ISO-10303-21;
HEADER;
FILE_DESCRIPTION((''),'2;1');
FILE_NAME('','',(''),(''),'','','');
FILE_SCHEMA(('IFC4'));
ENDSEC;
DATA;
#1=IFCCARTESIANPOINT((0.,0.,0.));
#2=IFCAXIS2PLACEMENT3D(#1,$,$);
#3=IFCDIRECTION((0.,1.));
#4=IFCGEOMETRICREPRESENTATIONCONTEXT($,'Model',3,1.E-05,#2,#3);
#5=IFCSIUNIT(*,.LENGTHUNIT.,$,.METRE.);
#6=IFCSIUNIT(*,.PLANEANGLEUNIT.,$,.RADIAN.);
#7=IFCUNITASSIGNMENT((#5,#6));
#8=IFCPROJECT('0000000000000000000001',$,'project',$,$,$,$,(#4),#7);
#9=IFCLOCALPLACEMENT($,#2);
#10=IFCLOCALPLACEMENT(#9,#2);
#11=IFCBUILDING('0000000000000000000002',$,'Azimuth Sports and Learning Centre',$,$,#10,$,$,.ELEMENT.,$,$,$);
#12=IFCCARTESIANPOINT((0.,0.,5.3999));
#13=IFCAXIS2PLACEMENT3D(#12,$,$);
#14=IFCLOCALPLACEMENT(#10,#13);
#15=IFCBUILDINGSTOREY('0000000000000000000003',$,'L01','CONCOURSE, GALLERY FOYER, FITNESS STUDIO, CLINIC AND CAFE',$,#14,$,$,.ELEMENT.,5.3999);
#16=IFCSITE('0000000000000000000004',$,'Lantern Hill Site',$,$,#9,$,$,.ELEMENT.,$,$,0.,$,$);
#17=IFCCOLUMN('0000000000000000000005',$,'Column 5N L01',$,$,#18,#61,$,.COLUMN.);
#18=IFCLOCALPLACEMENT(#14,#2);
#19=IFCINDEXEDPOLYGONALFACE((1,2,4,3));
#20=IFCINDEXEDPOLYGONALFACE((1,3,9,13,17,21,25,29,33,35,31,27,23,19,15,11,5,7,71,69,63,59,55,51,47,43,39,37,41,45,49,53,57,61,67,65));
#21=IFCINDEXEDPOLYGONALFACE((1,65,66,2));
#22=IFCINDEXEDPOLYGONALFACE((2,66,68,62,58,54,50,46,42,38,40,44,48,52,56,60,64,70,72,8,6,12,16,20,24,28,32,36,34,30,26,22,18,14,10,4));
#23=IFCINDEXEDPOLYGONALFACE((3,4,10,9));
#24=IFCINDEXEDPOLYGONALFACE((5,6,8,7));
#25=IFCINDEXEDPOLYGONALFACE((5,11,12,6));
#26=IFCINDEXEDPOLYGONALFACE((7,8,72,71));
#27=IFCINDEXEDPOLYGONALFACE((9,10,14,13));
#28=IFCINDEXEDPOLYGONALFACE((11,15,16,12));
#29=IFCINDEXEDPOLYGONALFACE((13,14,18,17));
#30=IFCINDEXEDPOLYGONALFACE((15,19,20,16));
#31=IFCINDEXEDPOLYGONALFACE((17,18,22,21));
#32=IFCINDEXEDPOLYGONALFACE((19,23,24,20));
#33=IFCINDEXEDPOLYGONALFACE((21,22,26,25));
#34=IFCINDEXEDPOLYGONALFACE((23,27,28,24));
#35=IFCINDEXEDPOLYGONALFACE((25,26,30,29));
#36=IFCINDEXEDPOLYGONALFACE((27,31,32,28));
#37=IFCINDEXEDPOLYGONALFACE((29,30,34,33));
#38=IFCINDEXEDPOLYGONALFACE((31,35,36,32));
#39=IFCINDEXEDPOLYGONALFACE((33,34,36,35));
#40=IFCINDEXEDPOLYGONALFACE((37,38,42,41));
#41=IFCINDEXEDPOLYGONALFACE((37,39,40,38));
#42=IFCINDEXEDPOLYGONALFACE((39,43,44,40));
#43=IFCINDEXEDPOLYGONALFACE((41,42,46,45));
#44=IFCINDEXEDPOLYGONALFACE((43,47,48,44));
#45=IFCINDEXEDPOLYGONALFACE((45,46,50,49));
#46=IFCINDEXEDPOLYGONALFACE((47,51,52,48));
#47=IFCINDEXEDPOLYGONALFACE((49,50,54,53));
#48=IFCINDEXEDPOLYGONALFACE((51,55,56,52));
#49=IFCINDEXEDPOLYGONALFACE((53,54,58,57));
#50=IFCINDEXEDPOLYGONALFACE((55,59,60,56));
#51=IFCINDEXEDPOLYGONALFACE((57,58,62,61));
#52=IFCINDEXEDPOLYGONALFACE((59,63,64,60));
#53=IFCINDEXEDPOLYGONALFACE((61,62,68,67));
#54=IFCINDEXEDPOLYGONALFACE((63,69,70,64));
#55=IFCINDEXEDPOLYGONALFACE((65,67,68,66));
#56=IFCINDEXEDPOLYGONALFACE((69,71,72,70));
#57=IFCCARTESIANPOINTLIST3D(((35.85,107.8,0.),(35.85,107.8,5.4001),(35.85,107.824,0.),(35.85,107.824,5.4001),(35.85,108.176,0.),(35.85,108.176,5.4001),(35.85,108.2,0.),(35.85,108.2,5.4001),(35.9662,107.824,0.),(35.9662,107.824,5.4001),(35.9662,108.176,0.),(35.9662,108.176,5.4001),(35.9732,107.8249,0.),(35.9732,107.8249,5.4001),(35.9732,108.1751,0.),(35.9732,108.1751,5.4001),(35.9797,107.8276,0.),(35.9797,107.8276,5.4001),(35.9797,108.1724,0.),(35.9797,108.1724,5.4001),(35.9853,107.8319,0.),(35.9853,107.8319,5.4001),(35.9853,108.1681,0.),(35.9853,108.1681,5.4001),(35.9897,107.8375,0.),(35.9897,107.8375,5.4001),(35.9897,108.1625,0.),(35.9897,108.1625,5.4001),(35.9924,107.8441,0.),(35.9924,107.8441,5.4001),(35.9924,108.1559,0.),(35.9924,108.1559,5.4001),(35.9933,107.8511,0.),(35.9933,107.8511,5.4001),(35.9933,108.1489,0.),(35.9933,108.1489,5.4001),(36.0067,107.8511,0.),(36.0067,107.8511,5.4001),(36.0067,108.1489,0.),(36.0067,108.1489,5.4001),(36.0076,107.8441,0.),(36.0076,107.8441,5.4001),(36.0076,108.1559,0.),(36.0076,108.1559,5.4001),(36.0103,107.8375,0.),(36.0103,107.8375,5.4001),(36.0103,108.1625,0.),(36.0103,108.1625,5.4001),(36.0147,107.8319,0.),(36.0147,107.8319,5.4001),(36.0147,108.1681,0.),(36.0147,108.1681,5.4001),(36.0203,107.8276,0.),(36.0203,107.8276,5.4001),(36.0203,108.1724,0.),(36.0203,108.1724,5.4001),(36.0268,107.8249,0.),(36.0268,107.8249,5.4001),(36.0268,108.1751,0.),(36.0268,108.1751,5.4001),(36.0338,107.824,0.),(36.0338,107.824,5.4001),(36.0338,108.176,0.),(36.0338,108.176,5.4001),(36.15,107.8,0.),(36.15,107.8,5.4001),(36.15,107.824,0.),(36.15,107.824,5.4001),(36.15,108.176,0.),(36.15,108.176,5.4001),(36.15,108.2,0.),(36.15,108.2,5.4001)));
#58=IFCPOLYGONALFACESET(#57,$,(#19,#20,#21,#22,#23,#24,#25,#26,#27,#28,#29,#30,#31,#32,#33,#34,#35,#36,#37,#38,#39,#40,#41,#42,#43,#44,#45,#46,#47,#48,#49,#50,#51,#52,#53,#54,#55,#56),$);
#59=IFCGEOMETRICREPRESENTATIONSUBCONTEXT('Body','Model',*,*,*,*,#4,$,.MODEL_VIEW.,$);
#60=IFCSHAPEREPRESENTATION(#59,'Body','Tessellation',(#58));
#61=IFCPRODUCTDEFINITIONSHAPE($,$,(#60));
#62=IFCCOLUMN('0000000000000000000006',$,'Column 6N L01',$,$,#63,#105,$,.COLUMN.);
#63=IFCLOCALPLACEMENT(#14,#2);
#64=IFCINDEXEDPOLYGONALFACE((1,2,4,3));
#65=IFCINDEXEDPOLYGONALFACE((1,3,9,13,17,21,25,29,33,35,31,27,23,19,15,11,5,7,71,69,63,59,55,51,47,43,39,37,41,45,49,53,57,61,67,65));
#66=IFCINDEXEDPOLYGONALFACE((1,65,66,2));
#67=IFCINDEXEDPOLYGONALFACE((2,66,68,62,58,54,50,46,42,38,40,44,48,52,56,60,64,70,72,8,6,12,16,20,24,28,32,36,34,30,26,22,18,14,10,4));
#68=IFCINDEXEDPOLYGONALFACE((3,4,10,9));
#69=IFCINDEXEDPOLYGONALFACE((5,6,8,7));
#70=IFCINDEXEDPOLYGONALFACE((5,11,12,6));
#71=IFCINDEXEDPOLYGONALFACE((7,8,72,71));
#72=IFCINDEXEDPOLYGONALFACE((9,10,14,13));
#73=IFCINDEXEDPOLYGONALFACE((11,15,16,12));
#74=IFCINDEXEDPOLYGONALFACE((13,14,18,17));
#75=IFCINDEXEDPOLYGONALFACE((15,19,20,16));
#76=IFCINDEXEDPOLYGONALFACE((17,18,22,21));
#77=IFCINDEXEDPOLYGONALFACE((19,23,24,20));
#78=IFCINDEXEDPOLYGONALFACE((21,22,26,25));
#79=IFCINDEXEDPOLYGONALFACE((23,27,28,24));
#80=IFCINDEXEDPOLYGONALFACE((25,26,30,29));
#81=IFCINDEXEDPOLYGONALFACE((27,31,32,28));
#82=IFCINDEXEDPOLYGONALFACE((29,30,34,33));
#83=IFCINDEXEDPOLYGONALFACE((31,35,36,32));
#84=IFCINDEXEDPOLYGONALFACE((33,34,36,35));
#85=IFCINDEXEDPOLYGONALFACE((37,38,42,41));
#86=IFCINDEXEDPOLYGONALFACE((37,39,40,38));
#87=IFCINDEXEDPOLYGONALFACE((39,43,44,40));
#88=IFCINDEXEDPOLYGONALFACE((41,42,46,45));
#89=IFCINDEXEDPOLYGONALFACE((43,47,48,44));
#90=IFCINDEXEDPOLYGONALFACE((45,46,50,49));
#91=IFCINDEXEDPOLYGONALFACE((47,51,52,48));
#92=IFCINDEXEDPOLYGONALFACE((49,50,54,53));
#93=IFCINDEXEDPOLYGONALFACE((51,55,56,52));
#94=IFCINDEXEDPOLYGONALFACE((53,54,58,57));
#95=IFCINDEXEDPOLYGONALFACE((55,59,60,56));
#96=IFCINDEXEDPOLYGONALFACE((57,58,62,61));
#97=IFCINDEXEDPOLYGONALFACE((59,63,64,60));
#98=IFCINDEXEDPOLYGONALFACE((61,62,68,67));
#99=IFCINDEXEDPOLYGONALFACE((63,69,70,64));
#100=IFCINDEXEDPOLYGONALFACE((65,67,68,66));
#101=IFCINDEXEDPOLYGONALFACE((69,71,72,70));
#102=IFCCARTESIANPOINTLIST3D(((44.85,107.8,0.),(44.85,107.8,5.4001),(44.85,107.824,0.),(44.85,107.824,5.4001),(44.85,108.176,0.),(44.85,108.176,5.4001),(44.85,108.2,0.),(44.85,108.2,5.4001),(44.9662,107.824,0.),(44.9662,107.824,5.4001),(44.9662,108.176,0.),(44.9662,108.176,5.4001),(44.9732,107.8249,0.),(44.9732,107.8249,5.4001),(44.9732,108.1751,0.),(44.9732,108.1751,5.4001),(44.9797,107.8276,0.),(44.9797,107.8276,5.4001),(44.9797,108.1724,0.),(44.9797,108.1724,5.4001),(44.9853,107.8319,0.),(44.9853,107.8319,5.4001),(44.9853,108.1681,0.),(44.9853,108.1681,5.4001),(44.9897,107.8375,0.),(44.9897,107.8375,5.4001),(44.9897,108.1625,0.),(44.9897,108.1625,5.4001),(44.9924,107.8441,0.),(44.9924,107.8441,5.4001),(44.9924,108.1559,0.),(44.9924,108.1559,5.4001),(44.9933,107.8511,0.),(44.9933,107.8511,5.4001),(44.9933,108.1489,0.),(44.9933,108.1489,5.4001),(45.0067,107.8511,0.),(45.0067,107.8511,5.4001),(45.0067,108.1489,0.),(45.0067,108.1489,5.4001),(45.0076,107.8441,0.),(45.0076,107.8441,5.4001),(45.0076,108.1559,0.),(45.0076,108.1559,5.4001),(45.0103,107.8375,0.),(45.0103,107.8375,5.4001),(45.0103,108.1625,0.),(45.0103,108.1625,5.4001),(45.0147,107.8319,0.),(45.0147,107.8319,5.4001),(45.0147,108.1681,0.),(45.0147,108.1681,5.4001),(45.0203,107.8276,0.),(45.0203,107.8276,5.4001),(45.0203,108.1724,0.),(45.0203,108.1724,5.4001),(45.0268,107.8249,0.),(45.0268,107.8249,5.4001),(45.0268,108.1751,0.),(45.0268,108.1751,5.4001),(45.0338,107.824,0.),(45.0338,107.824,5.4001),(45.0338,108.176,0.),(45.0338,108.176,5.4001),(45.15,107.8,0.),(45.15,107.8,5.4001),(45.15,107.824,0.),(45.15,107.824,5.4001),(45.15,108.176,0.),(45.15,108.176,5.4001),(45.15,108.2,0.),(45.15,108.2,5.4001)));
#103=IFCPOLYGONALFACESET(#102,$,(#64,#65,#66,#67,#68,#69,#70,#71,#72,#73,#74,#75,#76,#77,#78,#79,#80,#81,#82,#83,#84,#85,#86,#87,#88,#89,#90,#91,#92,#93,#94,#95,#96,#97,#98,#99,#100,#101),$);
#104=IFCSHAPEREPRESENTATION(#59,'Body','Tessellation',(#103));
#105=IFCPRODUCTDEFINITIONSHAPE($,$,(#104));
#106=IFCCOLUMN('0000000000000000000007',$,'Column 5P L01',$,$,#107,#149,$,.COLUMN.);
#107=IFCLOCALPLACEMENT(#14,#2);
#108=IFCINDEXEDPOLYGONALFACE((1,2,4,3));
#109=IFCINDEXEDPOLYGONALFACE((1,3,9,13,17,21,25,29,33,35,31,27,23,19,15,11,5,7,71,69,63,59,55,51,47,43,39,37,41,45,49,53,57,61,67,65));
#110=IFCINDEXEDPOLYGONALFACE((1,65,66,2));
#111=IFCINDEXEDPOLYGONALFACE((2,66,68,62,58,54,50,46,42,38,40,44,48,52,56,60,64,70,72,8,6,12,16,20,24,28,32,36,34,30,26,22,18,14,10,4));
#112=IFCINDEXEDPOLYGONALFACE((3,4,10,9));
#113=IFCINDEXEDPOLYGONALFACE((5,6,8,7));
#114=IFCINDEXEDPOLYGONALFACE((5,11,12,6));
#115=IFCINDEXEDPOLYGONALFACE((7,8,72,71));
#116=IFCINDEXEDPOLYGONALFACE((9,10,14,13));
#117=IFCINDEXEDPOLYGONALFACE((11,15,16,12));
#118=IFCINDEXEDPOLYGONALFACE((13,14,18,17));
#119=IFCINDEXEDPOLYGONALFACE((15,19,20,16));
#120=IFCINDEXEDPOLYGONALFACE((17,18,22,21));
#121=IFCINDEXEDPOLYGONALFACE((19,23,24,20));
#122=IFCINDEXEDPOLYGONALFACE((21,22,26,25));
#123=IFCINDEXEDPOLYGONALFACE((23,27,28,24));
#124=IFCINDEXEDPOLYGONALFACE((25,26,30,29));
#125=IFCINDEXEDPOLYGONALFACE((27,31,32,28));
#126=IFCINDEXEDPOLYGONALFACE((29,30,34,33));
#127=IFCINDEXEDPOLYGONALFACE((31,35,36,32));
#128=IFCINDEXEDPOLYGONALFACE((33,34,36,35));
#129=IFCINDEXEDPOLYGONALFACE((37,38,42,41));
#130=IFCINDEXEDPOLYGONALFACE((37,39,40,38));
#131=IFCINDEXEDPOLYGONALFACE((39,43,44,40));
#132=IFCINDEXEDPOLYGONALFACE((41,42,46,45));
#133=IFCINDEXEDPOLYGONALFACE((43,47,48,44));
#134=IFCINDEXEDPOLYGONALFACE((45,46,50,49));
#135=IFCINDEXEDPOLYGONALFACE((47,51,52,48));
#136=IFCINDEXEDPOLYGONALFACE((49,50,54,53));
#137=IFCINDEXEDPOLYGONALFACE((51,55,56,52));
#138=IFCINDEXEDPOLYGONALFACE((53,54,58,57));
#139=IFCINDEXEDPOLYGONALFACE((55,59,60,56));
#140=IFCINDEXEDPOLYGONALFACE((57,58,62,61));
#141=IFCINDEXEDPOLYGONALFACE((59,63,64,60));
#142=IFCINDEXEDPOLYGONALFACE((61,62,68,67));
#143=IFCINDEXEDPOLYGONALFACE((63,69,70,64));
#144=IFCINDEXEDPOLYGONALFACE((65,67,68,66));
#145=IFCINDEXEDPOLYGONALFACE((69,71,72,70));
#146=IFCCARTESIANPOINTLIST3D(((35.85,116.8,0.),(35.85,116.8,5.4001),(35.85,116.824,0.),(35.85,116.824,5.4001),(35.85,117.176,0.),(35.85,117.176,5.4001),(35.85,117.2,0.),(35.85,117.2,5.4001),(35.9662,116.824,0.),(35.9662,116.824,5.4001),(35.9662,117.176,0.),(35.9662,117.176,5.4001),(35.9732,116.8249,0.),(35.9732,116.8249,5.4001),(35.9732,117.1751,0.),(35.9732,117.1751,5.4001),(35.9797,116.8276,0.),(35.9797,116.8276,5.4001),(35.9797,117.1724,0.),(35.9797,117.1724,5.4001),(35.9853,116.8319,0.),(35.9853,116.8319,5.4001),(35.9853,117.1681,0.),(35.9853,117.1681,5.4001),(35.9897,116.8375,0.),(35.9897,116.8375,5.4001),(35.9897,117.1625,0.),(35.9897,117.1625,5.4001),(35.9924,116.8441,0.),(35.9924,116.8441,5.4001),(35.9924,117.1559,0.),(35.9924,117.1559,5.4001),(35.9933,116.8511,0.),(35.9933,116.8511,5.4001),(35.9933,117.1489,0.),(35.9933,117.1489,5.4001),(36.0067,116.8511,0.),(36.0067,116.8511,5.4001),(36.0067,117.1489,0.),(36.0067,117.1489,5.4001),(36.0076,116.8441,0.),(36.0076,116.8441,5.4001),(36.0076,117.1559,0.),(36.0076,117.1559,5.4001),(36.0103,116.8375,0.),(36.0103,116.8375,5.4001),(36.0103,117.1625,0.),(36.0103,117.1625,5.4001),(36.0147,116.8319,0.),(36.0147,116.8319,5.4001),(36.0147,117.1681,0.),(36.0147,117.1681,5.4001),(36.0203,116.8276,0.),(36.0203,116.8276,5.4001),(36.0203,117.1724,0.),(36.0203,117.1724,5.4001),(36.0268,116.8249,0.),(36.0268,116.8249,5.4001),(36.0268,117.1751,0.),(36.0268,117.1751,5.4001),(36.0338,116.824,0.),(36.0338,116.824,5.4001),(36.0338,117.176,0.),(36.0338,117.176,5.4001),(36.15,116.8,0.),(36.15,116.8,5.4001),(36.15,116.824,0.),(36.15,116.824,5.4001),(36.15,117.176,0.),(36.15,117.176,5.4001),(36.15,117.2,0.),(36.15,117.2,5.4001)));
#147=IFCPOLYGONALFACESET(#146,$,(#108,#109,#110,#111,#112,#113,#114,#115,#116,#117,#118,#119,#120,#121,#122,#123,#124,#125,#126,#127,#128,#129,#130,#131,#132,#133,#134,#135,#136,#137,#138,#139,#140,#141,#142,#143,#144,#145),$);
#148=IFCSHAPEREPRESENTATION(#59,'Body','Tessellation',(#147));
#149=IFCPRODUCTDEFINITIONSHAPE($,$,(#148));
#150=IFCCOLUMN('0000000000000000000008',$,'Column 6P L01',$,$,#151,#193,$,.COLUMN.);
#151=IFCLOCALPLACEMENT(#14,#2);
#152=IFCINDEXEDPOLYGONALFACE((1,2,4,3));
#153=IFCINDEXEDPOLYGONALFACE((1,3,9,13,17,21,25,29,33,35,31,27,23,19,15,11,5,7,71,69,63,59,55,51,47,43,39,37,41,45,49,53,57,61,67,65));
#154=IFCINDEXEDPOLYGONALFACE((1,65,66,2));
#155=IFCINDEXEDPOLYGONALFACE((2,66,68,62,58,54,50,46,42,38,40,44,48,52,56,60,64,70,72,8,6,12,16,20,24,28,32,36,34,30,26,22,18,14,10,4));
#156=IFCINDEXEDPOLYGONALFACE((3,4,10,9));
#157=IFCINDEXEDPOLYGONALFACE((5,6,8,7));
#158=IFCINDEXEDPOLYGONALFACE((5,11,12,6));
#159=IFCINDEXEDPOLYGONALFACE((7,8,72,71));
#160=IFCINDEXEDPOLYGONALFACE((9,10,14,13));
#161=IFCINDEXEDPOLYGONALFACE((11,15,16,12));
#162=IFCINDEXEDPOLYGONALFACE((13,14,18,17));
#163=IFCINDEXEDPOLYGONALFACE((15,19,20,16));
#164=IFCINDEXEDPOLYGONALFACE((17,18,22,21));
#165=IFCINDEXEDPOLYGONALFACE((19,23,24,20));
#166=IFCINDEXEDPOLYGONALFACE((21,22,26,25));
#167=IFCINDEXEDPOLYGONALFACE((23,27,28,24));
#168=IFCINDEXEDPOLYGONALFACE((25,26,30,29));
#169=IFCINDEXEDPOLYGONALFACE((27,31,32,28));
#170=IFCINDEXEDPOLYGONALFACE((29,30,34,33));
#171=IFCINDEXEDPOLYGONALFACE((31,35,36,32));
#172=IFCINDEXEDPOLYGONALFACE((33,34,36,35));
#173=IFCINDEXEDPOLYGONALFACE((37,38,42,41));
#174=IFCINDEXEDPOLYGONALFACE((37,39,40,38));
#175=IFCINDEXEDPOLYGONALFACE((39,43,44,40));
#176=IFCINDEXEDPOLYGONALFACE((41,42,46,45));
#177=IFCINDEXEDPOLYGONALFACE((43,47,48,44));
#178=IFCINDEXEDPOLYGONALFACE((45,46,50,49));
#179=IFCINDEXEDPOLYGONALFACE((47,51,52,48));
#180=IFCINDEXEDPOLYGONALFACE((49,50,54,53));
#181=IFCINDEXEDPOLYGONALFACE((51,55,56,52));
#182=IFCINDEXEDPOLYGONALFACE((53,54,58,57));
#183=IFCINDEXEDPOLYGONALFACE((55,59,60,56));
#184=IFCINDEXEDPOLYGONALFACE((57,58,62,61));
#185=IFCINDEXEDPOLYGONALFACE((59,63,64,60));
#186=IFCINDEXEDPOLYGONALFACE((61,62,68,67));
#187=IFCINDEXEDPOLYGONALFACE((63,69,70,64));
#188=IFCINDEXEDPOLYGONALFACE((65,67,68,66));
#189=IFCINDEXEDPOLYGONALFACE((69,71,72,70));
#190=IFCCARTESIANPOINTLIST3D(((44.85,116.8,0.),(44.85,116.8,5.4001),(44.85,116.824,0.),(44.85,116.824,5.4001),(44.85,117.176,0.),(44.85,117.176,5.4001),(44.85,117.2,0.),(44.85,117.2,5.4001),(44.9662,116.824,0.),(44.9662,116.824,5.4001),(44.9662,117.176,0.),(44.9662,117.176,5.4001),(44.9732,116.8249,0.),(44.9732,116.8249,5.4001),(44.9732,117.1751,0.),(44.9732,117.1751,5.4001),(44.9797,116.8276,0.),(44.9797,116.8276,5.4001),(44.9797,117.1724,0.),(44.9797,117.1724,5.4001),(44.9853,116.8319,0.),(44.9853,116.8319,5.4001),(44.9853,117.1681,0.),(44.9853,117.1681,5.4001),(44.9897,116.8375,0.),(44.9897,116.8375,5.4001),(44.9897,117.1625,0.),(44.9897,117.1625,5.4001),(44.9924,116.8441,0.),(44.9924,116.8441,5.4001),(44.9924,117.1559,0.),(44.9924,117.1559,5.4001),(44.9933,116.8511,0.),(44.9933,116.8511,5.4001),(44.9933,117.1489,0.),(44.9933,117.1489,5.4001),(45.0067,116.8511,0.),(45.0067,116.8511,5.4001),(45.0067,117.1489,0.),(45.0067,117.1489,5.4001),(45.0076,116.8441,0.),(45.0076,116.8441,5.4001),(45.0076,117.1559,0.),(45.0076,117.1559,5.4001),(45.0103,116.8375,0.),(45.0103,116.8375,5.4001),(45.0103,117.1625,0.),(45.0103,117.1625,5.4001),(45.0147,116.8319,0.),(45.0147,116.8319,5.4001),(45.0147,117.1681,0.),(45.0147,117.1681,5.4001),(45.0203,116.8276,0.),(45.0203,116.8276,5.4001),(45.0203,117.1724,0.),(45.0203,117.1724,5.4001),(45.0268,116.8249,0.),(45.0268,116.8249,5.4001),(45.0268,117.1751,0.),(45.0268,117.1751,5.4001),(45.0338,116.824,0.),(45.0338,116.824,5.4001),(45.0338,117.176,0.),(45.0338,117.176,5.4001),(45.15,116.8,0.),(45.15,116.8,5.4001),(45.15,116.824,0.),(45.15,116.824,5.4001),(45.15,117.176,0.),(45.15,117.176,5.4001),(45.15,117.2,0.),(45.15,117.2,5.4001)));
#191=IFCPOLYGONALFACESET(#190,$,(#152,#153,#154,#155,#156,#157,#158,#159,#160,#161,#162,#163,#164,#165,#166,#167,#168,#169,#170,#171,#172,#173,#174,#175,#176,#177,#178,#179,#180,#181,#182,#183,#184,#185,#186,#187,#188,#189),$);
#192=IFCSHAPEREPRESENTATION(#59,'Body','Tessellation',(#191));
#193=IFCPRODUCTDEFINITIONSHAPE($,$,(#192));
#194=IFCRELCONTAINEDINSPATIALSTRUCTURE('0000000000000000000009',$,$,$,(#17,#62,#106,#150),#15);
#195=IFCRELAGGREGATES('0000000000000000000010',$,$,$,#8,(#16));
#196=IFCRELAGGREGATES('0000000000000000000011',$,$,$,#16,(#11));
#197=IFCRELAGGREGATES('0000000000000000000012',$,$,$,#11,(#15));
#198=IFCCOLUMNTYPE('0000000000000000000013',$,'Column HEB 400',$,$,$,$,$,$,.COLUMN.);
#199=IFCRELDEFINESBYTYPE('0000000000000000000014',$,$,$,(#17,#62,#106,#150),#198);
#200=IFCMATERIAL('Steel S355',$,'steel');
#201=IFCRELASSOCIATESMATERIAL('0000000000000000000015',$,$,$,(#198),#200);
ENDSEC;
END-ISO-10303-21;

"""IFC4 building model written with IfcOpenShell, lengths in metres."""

from ifc_helpers import new_model, si_unit, direction, frame, origin, origin_2d, place, context, subcontext, project, spatial, i_section, extrude, material, material_profile, profile_set, type_object, element, save


model = new_model("IFC4")

# Units and contexts
model_context = context("Model", 3, precision=1e-05, world=origin(), true_north=direction((0.0, 1.0)))
body_context = subcontext(model_context, "Body", "Model", "MODEL_VIEW")
ifc_project = project(units=[si_unit("LENGTHUNIT", "METRE"), si_unit("PLANEANGLEUNIT", "RADIAN")], contexts=[model_context])

# Site, building, storey
site_placement = place(None, origin())
site = spatial("IfcSite", under=ifc_project, at=site_placement, Name="Lantern Hill Site", CompositionType="ELEMENT", RefElevation=0.0)
building_placement = place(site_placement, origin())
building = spatial("IfcBuilding", under=site, at=building_placement, Name="Azimuth Sports and Learning Centre", CompositionType="ELEMENT")
storey_placement = place(building_placement, frame((0.0, 0.0, 5.3999)))
storey = spatial("IfcBuildingStorey", under=building, at=storey_placement, Name="L01", Description="CONCOURSE, GALLERY FOYER, FITNESS STUDIO, CLINIC AND CAFE", CompositionType="ELEMENT", Elevation=5.3999)

# Columns
ifc_material_1 = material(Name="Steel S355", Category="steel")
ifc_material_profile_1 = material_profile(ifc_material_1, i_section(OverallWidth=0.3, OverallDepth=0.3999, WebThickness=0.0134, FlangeThickness=0.0239, FilletRadius=0.0271, at=origin_2d()), Name="HEB 400")
ifc_profile_set_1 = profile_set([ifc_material_profile_1], Name="Steel S355")
column_type = type_object("IfcColumnType", Name="Column HEB 400", PredefinedType="COLUMN", material=ifc_profile_set_1)
for number, where, z_axis, x_axis, name in (
    (1, (36.0, 108.0, 0.0), (0.0, 0.0, 1.0), (1.0, 0.0, 0.0), "Column 5N L01"),
    (2, (45.0, 108.0, 0.0), (0.0, 0.0, 1.0), (1.0, 0.0, 0.0), "Column 6N L01"),
    (3, (36.0, 117.0, 0.0), (0.0, 0.0, 1.0), (1.0, 0.0, 0.0), "Column 5P L01"),
    (4, (45.0, 117.0, 0.0), (0.0, 0.0, 1.0), (1.0, 0.0, 0.0), "Column 6P L01"),
):
    element("IfcColumn", number, at=place(storey_placement, frame(where, z_axis=z_axis, x_axis=x_axis)), inside=storey, type_object=column_type, Name=name, PredefinedType="COLUMN", context=body_context, shape_type="SweptSolid", body=[
        extrude(i_section(OverallWidth=0.3, OverallDepth=0.3999, WebThickness=0.0134, FlangeThickness=0.0239, FilletRadius=0.0271, at=origin_2d()), origin(), (0.0, 0.0, 1.0), 5.4001),
    ])

save(model, "model.ifc")
